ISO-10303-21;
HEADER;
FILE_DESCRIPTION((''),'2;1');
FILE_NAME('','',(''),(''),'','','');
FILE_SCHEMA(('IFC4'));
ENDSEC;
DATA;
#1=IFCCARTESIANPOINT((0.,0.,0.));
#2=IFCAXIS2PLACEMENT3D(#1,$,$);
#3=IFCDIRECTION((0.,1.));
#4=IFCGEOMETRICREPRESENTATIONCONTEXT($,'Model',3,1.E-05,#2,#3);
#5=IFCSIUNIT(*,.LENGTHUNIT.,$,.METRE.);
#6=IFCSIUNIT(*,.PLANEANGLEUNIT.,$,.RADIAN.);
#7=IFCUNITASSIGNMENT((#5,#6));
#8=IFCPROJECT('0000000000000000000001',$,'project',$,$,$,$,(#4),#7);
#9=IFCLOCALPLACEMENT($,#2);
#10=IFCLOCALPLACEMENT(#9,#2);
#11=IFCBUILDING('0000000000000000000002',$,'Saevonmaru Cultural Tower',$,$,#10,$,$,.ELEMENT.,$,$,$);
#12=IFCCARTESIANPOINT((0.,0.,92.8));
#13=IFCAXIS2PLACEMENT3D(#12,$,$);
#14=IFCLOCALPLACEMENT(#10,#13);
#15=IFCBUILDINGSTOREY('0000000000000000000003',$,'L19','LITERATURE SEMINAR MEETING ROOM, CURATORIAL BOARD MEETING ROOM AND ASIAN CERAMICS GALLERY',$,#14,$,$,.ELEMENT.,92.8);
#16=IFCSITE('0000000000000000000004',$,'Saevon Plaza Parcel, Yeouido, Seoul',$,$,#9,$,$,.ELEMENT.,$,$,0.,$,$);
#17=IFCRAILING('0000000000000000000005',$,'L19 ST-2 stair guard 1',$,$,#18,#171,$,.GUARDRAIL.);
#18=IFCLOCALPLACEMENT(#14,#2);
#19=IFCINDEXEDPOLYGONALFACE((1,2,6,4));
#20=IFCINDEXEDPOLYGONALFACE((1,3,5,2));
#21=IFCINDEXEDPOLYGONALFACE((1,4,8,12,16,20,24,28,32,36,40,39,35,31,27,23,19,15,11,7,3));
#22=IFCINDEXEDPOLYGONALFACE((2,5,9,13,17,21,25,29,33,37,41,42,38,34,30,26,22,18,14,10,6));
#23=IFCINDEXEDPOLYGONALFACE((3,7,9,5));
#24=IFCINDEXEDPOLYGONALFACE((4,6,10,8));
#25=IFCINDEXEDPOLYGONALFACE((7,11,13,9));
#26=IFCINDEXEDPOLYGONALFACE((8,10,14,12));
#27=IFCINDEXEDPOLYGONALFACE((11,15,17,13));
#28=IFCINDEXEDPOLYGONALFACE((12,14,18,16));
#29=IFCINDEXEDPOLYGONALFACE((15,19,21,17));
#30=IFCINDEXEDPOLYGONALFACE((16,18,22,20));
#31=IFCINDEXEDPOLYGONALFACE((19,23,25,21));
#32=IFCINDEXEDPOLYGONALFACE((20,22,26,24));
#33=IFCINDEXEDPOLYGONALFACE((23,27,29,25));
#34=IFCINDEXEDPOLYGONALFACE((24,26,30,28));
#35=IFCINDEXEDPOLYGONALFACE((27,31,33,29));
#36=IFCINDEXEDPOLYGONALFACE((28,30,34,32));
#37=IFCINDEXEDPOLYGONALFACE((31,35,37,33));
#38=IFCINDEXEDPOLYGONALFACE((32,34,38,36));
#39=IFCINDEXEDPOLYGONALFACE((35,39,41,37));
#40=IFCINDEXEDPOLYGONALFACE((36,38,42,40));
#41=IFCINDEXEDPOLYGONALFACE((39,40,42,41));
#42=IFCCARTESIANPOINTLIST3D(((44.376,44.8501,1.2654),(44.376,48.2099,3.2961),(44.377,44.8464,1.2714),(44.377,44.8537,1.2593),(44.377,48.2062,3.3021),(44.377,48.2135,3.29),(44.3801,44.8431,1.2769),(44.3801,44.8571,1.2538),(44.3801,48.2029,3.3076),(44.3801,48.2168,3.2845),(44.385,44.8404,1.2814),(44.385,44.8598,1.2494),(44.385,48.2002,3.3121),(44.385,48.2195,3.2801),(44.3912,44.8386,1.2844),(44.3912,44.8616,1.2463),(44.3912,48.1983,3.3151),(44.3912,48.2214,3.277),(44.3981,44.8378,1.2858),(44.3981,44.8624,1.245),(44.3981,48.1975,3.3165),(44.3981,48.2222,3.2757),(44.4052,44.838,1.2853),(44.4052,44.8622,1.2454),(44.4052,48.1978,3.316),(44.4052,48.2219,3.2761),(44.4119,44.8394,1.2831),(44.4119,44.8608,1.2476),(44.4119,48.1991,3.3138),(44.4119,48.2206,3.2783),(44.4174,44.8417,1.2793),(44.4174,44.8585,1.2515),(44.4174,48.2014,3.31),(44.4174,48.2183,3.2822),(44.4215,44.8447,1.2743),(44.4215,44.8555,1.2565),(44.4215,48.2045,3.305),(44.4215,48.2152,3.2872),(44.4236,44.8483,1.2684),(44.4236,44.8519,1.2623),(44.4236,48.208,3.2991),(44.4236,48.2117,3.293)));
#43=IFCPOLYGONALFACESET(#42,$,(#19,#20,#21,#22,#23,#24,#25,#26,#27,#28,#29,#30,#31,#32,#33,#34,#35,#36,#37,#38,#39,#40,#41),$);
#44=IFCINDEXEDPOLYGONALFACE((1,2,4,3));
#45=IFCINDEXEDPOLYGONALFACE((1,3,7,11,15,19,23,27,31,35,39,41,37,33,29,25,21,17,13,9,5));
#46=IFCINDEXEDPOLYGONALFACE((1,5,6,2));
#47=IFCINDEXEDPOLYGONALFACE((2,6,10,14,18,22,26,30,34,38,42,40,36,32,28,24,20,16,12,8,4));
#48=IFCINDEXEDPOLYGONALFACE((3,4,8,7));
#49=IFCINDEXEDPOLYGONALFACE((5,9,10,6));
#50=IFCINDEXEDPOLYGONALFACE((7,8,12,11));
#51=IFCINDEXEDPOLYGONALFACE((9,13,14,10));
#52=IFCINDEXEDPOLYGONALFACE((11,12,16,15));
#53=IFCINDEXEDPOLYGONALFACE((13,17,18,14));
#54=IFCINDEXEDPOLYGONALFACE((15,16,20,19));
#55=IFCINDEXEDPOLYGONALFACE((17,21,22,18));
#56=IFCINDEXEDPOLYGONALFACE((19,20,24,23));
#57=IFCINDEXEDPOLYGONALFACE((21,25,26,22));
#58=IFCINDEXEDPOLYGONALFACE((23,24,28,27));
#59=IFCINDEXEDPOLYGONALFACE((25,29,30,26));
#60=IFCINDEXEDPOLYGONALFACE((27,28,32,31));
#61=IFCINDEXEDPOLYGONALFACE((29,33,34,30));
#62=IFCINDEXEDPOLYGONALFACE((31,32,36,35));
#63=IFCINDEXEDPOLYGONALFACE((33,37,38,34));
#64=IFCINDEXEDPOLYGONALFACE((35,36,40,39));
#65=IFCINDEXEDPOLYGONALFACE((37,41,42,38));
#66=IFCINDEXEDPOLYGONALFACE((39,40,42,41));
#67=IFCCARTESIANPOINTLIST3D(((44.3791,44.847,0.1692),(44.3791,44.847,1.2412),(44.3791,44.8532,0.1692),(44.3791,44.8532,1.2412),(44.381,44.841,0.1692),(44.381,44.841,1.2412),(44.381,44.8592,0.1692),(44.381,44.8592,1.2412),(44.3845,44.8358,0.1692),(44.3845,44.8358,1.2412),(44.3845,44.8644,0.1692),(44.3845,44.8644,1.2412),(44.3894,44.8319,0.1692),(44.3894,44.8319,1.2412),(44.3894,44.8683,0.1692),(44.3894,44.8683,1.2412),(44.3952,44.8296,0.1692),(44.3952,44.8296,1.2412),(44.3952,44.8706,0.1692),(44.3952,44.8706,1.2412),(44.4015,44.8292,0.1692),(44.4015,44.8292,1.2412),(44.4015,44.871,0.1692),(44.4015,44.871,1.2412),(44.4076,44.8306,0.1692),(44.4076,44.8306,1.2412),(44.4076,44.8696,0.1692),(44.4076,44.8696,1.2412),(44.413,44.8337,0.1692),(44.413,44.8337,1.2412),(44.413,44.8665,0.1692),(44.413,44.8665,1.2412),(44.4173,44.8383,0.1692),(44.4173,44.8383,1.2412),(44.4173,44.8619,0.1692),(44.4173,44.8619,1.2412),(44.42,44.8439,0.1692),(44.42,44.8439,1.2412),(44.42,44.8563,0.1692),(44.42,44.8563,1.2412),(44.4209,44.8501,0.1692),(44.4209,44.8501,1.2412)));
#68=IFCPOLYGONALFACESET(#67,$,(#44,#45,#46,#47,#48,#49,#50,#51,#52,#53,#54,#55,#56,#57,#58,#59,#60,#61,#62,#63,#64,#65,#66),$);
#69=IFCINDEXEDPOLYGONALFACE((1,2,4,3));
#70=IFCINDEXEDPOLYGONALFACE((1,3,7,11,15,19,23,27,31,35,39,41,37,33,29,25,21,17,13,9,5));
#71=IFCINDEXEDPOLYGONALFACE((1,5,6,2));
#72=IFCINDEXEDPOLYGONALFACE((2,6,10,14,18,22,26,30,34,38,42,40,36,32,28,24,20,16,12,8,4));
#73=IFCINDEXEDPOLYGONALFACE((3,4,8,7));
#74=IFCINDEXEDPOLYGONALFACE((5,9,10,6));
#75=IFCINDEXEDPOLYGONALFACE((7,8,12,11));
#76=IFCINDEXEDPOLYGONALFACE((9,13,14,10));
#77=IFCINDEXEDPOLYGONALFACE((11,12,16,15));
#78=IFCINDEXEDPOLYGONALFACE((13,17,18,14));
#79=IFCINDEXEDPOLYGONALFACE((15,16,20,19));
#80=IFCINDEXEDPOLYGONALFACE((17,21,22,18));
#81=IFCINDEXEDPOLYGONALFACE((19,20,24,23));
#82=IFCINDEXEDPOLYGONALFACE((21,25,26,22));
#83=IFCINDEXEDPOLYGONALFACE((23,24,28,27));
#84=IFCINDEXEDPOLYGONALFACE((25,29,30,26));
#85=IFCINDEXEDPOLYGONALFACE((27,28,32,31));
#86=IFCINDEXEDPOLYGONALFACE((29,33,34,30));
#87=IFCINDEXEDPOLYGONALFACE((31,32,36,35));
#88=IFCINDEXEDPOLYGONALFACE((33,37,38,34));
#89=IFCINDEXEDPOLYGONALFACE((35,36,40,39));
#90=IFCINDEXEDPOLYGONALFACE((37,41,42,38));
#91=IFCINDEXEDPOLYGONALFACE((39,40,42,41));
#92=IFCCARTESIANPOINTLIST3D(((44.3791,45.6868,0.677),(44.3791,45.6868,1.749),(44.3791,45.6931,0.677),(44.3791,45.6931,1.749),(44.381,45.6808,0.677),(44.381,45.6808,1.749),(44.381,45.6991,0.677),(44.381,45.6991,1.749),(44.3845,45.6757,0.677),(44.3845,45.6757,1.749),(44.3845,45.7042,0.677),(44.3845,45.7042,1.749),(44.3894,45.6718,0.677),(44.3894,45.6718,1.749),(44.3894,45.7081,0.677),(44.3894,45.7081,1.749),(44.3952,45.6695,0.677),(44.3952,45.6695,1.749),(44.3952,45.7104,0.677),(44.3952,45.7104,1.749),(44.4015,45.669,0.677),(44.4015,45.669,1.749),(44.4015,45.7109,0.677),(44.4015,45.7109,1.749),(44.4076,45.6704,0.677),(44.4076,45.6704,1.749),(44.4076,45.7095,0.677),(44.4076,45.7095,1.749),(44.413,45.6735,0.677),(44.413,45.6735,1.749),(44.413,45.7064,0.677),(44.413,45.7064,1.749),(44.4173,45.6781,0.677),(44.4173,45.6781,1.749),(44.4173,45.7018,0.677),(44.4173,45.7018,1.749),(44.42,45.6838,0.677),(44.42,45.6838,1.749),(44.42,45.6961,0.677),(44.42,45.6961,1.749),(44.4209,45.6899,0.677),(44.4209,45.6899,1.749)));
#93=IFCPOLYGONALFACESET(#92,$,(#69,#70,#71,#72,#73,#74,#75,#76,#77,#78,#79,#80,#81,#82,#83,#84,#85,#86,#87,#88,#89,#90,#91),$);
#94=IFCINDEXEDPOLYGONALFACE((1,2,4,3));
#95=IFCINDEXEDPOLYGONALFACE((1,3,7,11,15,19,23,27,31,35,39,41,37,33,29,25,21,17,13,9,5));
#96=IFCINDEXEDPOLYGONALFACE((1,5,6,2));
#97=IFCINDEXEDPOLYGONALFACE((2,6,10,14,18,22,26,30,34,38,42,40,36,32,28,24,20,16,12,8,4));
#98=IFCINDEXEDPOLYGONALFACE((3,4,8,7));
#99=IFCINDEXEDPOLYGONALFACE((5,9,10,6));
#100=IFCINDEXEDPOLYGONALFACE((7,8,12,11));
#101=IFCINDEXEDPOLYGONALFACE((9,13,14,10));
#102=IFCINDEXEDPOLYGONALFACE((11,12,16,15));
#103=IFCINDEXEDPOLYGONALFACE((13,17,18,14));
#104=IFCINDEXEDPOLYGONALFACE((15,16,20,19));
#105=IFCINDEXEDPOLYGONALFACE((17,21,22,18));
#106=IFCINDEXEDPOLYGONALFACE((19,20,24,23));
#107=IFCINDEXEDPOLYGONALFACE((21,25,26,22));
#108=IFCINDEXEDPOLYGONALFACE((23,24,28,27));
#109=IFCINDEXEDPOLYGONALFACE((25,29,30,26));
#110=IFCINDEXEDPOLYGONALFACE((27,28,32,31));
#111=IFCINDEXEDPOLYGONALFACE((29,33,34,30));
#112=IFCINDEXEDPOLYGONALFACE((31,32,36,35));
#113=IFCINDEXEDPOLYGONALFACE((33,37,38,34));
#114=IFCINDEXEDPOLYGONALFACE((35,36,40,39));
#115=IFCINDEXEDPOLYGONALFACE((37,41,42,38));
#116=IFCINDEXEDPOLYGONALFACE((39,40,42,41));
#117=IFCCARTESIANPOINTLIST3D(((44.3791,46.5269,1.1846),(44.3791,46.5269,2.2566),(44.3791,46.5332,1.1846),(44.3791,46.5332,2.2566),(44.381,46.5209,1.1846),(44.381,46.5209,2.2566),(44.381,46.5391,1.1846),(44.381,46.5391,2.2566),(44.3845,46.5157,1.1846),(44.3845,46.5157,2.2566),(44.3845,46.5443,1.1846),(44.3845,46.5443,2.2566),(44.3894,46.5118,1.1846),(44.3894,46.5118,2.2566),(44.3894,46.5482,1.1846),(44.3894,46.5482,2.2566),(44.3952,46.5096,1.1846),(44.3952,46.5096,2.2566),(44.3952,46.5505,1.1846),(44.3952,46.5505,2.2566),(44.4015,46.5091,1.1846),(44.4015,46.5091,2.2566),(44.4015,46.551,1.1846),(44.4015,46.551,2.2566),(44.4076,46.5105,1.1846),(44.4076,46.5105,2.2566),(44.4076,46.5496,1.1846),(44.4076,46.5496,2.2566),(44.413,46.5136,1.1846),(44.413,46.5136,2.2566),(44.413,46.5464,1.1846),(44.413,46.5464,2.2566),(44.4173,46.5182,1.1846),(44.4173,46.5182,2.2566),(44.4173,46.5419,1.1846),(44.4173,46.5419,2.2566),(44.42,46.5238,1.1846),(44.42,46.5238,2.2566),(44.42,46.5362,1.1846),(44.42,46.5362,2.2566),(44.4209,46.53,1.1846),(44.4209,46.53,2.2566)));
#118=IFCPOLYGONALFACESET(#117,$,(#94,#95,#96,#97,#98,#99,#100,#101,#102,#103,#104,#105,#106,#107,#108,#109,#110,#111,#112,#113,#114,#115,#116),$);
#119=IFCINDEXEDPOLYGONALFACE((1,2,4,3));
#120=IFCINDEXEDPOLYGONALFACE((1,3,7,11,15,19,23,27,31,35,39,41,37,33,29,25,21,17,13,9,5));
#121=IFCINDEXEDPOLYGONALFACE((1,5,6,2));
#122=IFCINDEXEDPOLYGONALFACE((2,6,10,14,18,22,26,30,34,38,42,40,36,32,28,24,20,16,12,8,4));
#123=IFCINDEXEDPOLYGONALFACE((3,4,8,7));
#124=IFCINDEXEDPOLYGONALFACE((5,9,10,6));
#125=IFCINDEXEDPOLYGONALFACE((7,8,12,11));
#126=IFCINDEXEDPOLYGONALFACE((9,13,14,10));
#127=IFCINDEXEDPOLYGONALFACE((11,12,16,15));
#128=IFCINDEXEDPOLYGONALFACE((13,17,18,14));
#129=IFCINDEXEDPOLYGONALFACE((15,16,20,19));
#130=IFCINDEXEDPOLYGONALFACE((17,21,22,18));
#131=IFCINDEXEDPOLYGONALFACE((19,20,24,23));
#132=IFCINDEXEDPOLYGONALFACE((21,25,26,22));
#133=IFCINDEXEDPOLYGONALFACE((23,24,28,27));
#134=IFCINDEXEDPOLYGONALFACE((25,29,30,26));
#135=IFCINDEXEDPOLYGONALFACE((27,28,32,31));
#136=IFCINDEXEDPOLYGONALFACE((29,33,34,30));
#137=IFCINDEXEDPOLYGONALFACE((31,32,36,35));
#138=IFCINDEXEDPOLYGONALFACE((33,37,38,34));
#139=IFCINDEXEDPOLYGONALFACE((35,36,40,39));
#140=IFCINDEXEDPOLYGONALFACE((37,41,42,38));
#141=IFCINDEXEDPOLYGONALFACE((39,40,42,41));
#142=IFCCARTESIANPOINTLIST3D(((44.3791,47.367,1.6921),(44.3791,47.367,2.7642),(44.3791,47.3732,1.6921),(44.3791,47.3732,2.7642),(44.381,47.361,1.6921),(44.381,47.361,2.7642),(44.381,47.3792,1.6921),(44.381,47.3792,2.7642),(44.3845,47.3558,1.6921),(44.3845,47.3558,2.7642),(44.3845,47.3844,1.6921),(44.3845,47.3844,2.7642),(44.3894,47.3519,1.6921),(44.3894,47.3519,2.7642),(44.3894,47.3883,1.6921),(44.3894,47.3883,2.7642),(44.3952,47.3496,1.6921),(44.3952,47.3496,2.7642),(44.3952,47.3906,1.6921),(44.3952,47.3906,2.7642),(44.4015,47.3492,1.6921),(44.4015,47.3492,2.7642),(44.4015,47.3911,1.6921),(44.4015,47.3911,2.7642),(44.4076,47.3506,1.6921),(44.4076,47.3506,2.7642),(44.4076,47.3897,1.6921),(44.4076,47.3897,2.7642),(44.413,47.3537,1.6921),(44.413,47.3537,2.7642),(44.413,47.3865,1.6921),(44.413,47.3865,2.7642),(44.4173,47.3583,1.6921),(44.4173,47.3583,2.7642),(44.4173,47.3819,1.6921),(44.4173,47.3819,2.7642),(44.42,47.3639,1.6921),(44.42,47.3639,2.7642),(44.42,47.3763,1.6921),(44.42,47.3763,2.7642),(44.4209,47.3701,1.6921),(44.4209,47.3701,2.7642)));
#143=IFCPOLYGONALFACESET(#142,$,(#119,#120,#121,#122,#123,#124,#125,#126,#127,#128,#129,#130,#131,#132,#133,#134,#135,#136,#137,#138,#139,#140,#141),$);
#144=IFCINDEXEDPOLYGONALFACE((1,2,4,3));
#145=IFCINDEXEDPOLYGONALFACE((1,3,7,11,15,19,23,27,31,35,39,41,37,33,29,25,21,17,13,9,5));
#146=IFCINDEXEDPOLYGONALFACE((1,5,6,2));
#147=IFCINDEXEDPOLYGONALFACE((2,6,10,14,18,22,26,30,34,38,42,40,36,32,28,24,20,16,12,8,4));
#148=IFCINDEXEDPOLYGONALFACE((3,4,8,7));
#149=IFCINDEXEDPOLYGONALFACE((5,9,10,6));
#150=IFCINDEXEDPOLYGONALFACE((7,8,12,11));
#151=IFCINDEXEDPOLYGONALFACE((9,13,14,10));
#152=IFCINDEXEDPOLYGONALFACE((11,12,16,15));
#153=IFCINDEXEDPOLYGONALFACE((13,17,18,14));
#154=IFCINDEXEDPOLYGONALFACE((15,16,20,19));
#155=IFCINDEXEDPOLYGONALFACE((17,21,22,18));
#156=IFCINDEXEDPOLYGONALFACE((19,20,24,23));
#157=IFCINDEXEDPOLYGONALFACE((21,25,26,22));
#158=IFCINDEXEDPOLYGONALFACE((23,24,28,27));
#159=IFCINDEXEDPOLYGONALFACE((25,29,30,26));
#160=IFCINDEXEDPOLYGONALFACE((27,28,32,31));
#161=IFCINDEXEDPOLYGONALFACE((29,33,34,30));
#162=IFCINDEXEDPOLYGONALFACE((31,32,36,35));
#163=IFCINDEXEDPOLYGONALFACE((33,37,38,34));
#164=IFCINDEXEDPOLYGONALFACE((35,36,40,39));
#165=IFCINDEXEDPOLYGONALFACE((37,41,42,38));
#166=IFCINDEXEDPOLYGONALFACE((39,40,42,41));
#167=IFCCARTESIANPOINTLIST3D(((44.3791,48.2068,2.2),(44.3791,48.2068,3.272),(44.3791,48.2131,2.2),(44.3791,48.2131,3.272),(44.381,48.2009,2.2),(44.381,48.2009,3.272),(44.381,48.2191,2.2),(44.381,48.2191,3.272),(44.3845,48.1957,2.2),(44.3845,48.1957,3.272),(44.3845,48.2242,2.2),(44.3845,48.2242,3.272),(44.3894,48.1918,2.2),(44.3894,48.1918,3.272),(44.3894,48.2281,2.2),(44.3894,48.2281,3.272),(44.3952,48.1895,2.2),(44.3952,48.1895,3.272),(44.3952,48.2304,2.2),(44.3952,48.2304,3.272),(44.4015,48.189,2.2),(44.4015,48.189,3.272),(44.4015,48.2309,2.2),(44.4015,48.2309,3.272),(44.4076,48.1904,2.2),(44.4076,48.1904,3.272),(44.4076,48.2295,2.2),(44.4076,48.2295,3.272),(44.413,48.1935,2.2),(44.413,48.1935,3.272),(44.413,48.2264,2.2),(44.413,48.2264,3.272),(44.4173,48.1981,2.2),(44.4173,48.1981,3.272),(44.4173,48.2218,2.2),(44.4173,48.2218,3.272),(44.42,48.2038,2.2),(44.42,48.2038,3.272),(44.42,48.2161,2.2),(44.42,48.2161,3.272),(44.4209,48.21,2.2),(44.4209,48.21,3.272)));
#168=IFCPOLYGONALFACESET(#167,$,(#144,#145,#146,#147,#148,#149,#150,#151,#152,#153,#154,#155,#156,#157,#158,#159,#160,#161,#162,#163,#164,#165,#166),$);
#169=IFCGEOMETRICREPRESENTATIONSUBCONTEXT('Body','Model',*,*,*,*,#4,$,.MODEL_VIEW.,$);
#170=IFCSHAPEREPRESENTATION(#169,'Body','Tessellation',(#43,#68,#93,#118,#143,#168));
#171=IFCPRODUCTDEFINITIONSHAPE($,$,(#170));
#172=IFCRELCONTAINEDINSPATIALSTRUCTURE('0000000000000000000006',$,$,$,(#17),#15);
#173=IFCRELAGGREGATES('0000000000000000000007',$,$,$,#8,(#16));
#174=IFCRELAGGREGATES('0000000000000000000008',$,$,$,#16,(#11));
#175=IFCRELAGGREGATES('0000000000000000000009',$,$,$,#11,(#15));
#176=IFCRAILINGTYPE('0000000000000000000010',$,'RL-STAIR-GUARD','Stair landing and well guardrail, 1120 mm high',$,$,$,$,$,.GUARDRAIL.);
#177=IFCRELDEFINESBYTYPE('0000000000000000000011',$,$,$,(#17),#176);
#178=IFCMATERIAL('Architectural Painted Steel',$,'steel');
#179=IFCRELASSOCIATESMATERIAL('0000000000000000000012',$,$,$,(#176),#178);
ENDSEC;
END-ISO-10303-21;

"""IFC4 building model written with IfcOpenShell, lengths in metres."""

from ifc_helpers import new_model, si_unit, direction, frame, origin, origin_2d, place, context, subcontext, project, spatial, circle, extrude, material, type_object, element, save


model = new_model("IFC4")

# Units and contexts
model_context = context("Model", 3, precision=1e-05, world=origin(), true_north=direction((0.0, 1.0)))
body_context = subcontext(model_context, "Body", "Model", "MODEL_VIEW")
ifc_project = project(units=[si_unit("LENGTHUNIT", "METRE"), si_unit("PLANEANGLEUNIT", "RADIAN")], contexts=[model_context])

# Site, building, storey
site_placement = place(None, origin())
site = spatial("IfcSite", under=ifc_project, at=site_placement, Name="Saevon Plaza Parcel, Yeouido, Seoul", CompositionType="ELEMENT", RefElevation=0.0)
building_placement = place(site_placement, origin())
building = spatial("IfcBuilding", under=site, at=building_placement, Name="Saevonmaru Cultural Tower", CompositionType="ELEMENT")
storey_placement = place(building_placement, frame((0.0, 0.0, 92.8)))
storey = spatial("IfcBuildingStorey", under=building, at=storey_placement, Name="L19", Description="LITERATURE SEMINAR MEETING ROOM, CURATORIAL BOARD MEETING ROOM AND ASIAN CERAMICS GALLERY", CompositionType="ELEMENT", Elevation=92.8)

# Railing
ifc_material_1 = material(Name="Architectural Painted Steel", Category="steel")
railing_type_1 = type_object("IfcRailingType", Name="RL-STAIR-GUARD", Description="Stair landing and well guardrail, 1120 mm high", PredefinedType="GUARDRAIL", material=ifc_material_1)
railing_1_placement = place(storey_placement, frame((44.3999, 44.8501, 0.1692)))
element("IfcRailing", 1, at=railing_1_placement, inside=storey, type_object=railing_type_1, Name="L19 ST-2 stair guard 1", PredefinedType="GUARDRAIL", context=body_context, shape_type="SweptSolid", body=[
    extrude(circle(Radius=0.0239, at=origin_2d()), frame((0.0, 0.0, 1.0962), z_axis=(0.0, 0.85582, 0.517273), x_axis=(-1.0, 0.0, 0.0)), (0.0, 0.0, 1.0), 3.9258),
    extrude(circle(Radius=0.021, at=origin_2d()), origin(), (0.0, 0.0, 1.0), 1.072),
    extrude(circle(Radius=0.021, at=origin_2d()), frame((0.0, 0.8398, 0.5078)), (0.0, 0.0, 1.0), 1.072),
    extrude(circle(Radius=0.021, at=origin_2d()), frame((0.0, 1.6799, 1.0154)), (0.0, 0.0, 1.0), 1.072),
    extrude(circle(Radius=0.021, at=origin_2d()), frame((0.0, 2.52, 1.5229)), (0.0, 0.0, 1.0), 1.072),
    extrude(circle(Radius=0.021, at=origin_2d()), frame((0.0, 3.3599, 2.0308)), (0.0, 0.0, 1.0), 1.072),
])

save(model, "model.ifc")
